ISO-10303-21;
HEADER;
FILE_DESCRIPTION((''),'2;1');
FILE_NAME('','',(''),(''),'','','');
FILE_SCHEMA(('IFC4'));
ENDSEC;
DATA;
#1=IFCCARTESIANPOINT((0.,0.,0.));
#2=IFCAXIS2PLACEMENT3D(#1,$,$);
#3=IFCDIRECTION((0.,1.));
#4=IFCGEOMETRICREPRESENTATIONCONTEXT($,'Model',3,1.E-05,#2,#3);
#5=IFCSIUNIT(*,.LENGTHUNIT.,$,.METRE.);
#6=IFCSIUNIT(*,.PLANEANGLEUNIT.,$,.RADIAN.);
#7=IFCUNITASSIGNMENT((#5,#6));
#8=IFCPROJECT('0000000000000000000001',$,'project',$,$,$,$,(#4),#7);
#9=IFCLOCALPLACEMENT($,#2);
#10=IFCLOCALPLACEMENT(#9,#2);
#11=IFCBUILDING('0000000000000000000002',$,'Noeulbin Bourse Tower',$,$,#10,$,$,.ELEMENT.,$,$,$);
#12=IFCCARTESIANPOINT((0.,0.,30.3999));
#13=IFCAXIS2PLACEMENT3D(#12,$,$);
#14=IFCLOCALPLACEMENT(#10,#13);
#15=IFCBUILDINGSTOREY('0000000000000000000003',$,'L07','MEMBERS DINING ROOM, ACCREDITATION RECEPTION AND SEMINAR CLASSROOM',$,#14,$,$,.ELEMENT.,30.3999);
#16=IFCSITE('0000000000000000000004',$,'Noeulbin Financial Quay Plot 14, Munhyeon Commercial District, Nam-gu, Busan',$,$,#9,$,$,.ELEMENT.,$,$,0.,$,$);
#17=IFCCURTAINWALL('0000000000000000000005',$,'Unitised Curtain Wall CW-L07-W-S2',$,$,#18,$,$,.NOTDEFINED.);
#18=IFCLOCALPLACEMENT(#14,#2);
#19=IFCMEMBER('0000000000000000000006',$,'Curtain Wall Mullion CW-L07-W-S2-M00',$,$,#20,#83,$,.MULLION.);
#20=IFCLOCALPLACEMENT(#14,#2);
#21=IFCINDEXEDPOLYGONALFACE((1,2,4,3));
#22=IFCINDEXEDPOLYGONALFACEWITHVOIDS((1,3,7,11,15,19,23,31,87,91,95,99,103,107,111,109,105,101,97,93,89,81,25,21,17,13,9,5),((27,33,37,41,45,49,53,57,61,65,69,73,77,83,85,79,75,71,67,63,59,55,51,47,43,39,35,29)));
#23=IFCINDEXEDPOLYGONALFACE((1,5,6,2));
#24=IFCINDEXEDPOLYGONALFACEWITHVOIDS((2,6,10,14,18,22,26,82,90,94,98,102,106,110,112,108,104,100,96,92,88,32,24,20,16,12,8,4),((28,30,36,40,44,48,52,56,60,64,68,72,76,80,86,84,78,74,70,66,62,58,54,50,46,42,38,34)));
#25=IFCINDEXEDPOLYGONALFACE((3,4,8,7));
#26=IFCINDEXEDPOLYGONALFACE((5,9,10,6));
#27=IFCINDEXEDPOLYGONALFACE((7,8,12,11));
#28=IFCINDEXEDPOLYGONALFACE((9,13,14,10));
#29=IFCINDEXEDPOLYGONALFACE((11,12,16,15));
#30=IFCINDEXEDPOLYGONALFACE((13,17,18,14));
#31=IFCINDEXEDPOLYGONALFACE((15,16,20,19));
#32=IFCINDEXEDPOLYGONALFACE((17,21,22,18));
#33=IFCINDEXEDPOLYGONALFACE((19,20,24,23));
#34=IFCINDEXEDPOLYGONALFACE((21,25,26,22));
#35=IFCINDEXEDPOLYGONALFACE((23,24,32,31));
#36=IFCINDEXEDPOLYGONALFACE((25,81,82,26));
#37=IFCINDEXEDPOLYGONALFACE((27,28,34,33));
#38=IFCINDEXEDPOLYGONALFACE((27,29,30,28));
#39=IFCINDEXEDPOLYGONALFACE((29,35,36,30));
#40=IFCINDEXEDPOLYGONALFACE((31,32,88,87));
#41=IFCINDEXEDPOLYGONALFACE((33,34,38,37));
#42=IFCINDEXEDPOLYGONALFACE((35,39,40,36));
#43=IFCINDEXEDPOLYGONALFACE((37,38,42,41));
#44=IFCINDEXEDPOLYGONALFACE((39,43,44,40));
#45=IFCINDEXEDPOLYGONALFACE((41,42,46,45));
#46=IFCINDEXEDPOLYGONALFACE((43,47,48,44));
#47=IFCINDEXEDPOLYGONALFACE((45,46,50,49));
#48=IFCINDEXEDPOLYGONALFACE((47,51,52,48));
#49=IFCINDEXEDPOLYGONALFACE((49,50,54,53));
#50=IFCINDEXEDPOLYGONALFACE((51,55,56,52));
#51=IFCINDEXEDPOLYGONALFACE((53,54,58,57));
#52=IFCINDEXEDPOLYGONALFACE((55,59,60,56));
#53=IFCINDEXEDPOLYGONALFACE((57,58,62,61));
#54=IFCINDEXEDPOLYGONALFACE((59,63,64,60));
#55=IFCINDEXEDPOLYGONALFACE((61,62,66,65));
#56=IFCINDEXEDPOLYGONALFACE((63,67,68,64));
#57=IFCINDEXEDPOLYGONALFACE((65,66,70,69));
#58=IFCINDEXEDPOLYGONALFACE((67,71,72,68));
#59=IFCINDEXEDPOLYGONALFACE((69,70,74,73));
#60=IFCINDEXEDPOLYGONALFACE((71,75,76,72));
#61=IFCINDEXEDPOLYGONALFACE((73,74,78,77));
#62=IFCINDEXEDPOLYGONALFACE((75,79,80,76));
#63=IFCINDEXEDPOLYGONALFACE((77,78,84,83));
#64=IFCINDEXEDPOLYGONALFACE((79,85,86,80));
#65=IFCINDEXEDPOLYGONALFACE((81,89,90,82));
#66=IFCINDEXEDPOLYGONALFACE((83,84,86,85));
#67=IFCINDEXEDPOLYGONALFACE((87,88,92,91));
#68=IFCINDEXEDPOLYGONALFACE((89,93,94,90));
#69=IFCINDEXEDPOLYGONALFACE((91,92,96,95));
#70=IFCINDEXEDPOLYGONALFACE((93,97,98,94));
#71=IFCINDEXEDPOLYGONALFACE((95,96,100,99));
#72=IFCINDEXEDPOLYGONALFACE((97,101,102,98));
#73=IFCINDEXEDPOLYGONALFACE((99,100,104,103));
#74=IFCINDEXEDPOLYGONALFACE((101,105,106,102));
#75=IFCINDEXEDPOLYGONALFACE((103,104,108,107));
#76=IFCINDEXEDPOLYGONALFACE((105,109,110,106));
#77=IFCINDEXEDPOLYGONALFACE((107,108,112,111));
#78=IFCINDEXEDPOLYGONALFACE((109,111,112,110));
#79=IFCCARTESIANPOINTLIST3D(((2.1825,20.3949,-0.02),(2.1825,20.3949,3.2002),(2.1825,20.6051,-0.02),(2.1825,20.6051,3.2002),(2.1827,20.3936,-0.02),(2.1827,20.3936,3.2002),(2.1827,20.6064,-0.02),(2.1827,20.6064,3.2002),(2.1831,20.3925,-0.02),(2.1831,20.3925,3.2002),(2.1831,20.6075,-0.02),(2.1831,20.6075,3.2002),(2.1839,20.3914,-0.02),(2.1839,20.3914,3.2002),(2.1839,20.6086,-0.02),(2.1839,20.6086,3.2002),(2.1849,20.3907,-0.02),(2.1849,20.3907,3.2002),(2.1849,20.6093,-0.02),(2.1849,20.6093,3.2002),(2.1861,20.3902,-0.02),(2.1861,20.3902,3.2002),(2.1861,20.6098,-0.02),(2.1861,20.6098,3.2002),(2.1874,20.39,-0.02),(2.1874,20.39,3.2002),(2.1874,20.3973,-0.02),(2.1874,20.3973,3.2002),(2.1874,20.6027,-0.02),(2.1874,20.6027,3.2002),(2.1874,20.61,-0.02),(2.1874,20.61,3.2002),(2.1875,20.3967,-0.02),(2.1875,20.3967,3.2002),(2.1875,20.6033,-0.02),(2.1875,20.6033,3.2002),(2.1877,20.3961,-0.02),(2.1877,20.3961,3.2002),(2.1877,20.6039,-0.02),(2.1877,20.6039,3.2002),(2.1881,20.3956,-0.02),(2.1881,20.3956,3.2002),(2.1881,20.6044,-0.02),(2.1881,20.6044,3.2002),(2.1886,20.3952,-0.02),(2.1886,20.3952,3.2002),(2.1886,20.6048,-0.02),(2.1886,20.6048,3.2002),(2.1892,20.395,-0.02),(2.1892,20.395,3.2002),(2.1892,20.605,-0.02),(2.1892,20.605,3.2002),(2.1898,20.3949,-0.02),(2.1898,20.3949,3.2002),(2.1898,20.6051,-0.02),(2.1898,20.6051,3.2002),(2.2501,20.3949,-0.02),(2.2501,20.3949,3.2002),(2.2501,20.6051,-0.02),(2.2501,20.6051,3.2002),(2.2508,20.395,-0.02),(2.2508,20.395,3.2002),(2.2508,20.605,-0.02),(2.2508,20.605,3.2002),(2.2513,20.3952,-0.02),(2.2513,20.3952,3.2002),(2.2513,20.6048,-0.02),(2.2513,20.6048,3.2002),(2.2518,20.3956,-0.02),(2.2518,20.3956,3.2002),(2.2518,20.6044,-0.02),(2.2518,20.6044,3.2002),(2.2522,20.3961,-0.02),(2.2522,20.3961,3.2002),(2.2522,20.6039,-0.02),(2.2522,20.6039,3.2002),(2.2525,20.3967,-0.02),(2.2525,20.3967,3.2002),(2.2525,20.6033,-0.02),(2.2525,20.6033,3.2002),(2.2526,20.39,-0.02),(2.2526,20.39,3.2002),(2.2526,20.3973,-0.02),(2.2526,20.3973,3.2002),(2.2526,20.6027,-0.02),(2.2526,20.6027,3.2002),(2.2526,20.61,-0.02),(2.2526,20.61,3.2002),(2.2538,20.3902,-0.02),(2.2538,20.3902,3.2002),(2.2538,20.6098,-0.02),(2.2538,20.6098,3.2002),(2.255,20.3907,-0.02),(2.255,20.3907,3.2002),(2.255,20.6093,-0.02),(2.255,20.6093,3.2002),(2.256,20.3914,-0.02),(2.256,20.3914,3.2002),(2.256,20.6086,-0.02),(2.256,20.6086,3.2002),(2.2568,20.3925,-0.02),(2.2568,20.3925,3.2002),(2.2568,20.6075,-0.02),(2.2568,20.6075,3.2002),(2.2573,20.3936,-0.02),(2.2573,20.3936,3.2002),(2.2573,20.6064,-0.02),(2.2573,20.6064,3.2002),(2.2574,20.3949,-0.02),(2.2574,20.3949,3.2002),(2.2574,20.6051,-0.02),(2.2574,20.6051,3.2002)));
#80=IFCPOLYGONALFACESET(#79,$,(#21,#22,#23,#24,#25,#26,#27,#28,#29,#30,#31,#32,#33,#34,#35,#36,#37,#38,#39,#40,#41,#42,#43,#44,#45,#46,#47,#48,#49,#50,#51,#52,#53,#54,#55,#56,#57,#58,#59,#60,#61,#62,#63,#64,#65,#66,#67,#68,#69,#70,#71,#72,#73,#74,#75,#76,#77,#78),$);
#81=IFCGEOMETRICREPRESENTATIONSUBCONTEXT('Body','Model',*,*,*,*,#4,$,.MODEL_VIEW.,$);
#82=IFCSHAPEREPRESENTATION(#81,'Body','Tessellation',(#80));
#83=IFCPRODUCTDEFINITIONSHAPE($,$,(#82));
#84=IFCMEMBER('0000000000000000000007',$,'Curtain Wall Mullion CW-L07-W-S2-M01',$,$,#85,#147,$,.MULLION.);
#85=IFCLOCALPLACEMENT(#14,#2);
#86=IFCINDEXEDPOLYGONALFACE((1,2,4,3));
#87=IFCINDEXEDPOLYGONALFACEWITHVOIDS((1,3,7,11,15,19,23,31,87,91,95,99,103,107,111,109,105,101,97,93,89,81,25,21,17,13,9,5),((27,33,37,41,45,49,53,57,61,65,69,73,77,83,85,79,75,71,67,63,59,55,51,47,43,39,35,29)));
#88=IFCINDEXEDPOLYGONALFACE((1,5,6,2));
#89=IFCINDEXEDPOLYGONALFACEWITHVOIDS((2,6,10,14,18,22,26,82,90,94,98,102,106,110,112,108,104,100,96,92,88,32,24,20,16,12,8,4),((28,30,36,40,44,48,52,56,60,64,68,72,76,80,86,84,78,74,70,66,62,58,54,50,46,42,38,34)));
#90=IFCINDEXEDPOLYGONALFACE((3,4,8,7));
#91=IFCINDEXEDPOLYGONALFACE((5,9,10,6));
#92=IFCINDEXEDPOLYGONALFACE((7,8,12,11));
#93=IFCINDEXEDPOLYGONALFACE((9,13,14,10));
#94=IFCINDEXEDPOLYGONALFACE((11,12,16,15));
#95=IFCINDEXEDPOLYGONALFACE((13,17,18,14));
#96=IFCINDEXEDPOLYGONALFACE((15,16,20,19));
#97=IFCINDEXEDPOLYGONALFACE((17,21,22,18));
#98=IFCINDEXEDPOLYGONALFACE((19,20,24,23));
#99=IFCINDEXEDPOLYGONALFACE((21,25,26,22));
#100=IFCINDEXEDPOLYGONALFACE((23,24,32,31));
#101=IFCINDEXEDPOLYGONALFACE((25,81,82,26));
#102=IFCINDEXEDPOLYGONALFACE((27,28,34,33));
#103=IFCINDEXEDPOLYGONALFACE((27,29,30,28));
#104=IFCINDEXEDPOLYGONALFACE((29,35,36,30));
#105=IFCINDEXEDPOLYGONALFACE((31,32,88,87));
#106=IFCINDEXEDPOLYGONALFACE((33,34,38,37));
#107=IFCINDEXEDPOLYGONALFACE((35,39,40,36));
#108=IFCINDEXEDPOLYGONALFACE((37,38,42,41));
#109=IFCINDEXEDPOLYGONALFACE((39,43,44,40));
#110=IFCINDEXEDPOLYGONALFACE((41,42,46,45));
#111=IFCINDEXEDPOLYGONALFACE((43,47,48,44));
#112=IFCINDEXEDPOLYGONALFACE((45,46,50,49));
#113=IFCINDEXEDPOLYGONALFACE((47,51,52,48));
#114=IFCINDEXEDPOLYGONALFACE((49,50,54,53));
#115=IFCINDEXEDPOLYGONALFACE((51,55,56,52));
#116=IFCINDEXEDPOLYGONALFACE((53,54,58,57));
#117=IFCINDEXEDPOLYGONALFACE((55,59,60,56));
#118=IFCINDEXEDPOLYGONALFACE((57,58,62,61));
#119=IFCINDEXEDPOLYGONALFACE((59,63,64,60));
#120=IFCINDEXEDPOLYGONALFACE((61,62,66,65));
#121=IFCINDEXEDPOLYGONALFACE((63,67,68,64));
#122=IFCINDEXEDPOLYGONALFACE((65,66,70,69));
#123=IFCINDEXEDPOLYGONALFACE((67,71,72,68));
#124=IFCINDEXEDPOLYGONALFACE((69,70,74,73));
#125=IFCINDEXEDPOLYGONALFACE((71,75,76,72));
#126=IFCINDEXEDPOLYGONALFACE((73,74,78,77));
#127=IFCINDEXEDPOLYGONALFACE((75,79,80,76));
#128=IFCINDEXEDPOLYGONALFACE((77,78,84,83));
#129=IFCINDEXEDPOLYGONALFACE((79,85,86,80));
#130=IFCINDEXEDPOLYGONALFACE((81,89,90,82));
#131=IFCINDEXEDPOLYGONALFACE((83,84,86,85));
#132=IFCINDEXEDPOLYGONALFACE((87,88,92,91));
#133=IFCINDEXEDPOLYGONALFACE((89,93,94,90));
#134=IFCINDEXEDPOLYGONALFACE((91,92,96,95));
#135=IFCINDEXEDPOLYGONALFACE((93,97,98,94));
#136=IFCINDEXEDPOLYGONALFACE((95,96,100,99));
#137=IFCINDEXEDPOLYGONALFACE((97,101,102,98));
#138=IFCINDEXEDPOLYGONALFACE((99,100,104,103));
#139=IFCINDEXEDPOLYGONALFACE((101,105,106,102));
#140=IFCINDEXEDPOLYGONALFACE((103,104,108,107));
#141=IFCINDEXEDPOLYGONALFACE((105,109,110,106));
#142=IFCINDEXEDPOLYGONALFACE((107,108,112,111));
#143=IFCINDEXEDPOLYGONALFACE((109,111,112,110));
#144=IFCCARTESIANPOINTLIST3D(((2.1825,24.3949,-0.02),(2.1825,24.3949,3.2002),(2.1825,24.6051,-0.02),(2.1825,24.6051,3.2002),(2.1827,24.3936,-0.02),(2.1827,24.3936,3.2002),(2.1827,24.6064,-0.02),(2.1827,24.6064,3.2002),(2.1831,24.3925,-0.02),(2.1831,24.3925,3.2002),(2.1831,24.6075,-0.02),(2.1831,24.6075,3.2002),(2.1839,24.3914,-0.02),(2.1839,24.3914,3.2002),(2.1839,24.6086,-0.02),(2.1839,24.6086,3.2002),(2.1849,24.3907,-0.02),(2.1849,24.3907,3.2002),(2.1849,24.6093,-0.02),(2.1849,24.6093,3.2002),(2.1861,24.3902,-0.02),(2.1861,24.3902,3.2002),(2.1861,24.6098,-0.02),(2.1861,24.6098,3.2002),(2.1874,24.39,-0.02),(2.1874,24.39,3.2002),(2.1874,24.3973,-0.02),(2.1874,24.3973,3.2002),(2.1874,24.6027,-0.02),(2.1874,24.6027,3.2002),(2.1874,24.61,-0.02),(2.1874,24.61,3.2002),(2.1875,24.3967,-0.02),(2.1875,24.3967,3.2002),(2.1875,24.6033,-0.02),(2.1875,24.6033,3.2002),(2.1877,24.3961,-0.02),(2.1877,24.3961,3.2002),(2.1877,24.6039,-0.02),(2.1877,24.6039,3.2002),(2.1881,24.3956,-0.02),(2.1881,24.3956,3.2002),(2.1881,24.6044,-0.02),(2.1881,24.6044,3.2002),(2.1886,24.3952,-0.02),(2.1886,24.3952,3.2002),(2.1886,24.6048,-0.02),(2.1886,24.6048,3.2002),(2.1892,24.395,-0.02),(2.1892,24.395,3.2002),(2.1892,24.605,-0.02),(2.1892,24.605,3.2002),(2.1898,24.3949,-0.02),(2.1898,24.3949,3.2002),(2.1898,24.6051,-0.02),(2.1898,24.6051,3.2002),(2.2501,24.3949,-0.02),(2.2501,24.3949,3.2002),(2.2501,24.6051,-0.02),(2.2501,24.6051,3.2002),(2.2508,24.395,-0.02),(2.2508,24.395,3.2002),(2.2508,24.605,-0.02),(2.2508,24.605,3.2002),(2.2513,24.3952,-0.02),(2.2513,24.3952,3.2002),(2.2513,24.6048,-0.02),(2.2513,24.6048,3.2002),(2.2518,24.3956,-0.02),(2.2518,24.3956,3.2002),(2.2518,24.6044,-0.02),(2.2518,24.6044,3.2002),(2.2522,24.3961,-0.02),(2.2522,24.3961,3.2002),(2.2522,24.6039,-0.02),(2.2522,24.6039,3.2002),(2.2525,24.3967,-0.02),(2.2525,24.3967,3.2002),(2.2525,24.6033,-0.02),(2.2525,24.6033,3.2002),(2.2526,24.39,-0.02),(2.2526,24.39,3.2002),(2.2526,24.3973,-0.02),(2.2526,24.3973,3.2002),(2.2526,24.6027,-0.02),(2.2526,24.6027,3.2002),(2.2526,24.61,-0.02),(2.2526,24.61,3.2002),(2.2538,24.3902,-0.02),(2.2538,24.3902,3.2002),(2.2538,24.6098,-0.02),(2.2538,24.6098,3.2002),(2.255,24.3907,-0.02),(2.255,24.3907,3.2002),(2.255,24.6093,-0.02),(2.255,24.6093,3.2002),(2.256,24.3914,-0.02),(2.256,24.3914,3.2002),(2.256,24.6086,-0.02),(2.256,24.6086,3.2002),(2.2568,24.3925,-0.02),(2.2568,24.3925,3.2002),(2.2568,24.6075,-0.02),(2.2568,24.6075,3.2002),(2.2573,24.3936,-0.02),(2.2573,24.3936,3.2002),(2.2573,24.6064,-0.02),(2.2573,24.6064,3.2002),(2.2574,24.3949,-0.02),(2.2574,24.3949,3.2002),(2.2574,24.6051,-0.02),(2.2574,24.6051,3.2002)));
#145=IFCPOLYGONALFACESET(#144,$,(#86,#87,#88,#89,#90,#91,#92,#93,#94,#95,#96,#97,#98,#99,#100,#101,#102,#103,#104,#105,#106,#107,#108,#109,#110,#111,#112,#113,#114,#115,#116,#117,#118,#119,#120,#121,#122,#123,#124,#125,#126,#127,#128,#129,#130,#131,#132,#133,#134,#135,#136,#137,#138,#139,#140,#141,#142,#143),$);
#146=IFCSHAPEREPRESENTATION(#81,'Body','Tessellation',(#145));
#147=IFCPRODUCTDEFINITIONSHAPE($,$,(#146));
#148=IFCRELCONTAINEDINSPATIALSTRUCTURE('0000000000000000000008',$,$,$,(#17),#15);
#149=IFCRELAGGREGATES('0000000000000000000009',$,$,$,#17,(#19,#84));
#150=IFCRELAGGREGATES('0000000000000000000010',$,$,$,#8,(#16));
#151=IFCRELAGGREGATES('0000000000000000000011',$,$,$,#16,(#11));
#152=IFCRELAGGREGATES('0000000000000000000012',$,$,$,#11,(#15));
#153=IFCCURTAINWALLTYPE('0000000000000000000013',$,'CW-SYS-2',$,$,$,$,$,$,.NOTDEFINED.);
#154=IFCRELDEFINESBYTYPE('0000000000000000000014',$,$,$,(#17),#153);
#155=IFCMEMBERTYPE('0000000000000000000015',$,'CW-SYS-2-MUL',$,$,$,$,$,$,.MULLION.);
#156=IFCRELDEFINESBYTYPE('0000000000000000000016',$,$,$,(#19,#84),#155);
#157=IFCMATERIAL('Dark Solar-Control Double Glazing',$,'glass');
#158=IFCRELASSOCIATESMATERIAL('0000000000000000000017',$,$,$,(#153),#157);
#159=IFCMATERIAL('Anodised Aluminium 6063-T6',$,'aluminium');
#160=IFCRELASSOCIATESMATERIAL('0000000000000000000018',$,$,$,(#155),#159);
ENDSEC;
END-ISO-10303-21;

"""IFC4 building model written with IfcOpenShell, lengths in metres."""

from ifc_helpers import new_model, si_unit, direction, frame, origin, origin_2d, place, context, subcontext, project, spatial, hollow_rectangle, extrude, material, material_profile, profile_set, type_object, element, aggregate, save


model = new_model("IFC4")

# Units and contexts
model_context = context("Model", 3, precision=1e-05, world=origin(), true_north=direction((0.0, 1.0)))
body_context = subcontext(model_context, "Body", "Model", "MODEL_VIEW")
ifc_project = project(units=[si_unit("LENGTHUNIT", "METRE"), si_unit("PLANEANGLEUNIT", "RADIAN")], contexts=[model_context])

# Site, building, storey
site_placement = place(None, origin())
site = spatial("IfcSite", under=ifc_project, at=site_placement, Name="Noeulbin Financial Quay Plot 14, Munhyeon Commercial District, Nam-gu, Busan", CompositionType="ELEMENT", RefElevation=0.0)
building_placement = place(site_placement, origin())
building = spatial("IfcBuilding", under=site, at=building_placement, Name="Noeulbin Bourse Tower", CompositionType="ELEMENT")
storey_placement = place(building_placement, frame((0.0, 0.0, 30.3999)))
storey = spatial("IfcBuildingStorey", under=building, at=storey_placement, Name="L07", Description="MEMBERS DINING ROOM, ACCREDITATION RECEPTION AND SEMINAR CLASSROOM", CompositionType="ELEMENT", Elevation=30.3999)

# Shared definitions
ifc_material_1 = material(Name="Dark Solar-Control Double Glazing", Category="glass")
curtain_wall_type = type_object("IfcCurtainWallType", Name="CW-SYS-2", PredefinedType="NOTDEFINED", material=ifc_material_1)
ifc_material_2 = material(Name="Anodised Aluminium 6063-T6", Category="aluminium")
ifc_material_profile_1 = material_profile(ifc_material_2, hollow_rectangle(XDim=0.075, YDim=0.22, WallThickness=0.0049, InnerFilletRadius=0.0024, OuterFilletRadius=0.0049, at=origin_2d()), Name="ALU-MULL-75x220x5", Category="LoadBearing")
ifc_profile_set_1 = profile_set([ifc_material_profile_1], Name="Anodised Aluminium 6063-T6")
member_type_1 = type_object("IfcMemberType", Name="CW-SYS-2-MUL", PredefinedType="MULLION", material=ifc_profile_set_1)

# Curtain wall, members
curtain_wall_1_placement = place(storey_placement, origin())
curtain_wall_1 = element("IfcCurtainWall", 1, at=curtain_wall_1_placement, inside=storey, type_object=curtain_wall_type, Name="Unitised Curtain Wall CW-L07-W-S2", PredefinedType="NOTDEFINED")
member_1_placement = place(storey_placement, frame((2.22, 20.5, -0.02), z_axis=(0.0, 0.0, 1.0), x_axis=(1.0, 0.0, 0.0)))
member_1 = element("IfcMember", 2, at=member_1_placement, type_object=member_type_1, Name="Curtain Wall Mullion CW-L07-W-S2-M00", PredefinedType="MULLION", context=body_context, shape_type="SweptSolid", body=[
    extrude(hollow_rectangle(XDim=0.075, YDim=0.22, WallThickness=0.0049, InnerFilletRadius=0.0024, OuterFilletRadius=0.0049, at=origin_2d()), origin(), (0.0, 0.0, 1.0), 3.2202),
])
member_2_placement = place(storey_placement, frame((2.22, 24.5, -0.02), z_axis=(0.0, 0.0, 1.0), x_axis=(1.0, 0.0, 0.0)))
member_2 = element("IfcMember", 3, at=member_2_placement, type_object=member_type_1, Name="Curtain Wall Mullion CW-L07-W-S2-M01", PredefinedType="MULLION", context=body_context, shape_type="SweptSolid", body=[
    extrude(hollow_rectangle(XDim=0.075, YDim=0.22, WallThickness=0.0049, InnerFilletRadius=0.0024, OuterFilletRadius=0.0049, at=origin_2d()), origin(), (0.0, 0.0, 1.0), 3.2202),
])

aggregate(curtain_wall_1, [member_1, member_2])

save(model, "model.ifc")
